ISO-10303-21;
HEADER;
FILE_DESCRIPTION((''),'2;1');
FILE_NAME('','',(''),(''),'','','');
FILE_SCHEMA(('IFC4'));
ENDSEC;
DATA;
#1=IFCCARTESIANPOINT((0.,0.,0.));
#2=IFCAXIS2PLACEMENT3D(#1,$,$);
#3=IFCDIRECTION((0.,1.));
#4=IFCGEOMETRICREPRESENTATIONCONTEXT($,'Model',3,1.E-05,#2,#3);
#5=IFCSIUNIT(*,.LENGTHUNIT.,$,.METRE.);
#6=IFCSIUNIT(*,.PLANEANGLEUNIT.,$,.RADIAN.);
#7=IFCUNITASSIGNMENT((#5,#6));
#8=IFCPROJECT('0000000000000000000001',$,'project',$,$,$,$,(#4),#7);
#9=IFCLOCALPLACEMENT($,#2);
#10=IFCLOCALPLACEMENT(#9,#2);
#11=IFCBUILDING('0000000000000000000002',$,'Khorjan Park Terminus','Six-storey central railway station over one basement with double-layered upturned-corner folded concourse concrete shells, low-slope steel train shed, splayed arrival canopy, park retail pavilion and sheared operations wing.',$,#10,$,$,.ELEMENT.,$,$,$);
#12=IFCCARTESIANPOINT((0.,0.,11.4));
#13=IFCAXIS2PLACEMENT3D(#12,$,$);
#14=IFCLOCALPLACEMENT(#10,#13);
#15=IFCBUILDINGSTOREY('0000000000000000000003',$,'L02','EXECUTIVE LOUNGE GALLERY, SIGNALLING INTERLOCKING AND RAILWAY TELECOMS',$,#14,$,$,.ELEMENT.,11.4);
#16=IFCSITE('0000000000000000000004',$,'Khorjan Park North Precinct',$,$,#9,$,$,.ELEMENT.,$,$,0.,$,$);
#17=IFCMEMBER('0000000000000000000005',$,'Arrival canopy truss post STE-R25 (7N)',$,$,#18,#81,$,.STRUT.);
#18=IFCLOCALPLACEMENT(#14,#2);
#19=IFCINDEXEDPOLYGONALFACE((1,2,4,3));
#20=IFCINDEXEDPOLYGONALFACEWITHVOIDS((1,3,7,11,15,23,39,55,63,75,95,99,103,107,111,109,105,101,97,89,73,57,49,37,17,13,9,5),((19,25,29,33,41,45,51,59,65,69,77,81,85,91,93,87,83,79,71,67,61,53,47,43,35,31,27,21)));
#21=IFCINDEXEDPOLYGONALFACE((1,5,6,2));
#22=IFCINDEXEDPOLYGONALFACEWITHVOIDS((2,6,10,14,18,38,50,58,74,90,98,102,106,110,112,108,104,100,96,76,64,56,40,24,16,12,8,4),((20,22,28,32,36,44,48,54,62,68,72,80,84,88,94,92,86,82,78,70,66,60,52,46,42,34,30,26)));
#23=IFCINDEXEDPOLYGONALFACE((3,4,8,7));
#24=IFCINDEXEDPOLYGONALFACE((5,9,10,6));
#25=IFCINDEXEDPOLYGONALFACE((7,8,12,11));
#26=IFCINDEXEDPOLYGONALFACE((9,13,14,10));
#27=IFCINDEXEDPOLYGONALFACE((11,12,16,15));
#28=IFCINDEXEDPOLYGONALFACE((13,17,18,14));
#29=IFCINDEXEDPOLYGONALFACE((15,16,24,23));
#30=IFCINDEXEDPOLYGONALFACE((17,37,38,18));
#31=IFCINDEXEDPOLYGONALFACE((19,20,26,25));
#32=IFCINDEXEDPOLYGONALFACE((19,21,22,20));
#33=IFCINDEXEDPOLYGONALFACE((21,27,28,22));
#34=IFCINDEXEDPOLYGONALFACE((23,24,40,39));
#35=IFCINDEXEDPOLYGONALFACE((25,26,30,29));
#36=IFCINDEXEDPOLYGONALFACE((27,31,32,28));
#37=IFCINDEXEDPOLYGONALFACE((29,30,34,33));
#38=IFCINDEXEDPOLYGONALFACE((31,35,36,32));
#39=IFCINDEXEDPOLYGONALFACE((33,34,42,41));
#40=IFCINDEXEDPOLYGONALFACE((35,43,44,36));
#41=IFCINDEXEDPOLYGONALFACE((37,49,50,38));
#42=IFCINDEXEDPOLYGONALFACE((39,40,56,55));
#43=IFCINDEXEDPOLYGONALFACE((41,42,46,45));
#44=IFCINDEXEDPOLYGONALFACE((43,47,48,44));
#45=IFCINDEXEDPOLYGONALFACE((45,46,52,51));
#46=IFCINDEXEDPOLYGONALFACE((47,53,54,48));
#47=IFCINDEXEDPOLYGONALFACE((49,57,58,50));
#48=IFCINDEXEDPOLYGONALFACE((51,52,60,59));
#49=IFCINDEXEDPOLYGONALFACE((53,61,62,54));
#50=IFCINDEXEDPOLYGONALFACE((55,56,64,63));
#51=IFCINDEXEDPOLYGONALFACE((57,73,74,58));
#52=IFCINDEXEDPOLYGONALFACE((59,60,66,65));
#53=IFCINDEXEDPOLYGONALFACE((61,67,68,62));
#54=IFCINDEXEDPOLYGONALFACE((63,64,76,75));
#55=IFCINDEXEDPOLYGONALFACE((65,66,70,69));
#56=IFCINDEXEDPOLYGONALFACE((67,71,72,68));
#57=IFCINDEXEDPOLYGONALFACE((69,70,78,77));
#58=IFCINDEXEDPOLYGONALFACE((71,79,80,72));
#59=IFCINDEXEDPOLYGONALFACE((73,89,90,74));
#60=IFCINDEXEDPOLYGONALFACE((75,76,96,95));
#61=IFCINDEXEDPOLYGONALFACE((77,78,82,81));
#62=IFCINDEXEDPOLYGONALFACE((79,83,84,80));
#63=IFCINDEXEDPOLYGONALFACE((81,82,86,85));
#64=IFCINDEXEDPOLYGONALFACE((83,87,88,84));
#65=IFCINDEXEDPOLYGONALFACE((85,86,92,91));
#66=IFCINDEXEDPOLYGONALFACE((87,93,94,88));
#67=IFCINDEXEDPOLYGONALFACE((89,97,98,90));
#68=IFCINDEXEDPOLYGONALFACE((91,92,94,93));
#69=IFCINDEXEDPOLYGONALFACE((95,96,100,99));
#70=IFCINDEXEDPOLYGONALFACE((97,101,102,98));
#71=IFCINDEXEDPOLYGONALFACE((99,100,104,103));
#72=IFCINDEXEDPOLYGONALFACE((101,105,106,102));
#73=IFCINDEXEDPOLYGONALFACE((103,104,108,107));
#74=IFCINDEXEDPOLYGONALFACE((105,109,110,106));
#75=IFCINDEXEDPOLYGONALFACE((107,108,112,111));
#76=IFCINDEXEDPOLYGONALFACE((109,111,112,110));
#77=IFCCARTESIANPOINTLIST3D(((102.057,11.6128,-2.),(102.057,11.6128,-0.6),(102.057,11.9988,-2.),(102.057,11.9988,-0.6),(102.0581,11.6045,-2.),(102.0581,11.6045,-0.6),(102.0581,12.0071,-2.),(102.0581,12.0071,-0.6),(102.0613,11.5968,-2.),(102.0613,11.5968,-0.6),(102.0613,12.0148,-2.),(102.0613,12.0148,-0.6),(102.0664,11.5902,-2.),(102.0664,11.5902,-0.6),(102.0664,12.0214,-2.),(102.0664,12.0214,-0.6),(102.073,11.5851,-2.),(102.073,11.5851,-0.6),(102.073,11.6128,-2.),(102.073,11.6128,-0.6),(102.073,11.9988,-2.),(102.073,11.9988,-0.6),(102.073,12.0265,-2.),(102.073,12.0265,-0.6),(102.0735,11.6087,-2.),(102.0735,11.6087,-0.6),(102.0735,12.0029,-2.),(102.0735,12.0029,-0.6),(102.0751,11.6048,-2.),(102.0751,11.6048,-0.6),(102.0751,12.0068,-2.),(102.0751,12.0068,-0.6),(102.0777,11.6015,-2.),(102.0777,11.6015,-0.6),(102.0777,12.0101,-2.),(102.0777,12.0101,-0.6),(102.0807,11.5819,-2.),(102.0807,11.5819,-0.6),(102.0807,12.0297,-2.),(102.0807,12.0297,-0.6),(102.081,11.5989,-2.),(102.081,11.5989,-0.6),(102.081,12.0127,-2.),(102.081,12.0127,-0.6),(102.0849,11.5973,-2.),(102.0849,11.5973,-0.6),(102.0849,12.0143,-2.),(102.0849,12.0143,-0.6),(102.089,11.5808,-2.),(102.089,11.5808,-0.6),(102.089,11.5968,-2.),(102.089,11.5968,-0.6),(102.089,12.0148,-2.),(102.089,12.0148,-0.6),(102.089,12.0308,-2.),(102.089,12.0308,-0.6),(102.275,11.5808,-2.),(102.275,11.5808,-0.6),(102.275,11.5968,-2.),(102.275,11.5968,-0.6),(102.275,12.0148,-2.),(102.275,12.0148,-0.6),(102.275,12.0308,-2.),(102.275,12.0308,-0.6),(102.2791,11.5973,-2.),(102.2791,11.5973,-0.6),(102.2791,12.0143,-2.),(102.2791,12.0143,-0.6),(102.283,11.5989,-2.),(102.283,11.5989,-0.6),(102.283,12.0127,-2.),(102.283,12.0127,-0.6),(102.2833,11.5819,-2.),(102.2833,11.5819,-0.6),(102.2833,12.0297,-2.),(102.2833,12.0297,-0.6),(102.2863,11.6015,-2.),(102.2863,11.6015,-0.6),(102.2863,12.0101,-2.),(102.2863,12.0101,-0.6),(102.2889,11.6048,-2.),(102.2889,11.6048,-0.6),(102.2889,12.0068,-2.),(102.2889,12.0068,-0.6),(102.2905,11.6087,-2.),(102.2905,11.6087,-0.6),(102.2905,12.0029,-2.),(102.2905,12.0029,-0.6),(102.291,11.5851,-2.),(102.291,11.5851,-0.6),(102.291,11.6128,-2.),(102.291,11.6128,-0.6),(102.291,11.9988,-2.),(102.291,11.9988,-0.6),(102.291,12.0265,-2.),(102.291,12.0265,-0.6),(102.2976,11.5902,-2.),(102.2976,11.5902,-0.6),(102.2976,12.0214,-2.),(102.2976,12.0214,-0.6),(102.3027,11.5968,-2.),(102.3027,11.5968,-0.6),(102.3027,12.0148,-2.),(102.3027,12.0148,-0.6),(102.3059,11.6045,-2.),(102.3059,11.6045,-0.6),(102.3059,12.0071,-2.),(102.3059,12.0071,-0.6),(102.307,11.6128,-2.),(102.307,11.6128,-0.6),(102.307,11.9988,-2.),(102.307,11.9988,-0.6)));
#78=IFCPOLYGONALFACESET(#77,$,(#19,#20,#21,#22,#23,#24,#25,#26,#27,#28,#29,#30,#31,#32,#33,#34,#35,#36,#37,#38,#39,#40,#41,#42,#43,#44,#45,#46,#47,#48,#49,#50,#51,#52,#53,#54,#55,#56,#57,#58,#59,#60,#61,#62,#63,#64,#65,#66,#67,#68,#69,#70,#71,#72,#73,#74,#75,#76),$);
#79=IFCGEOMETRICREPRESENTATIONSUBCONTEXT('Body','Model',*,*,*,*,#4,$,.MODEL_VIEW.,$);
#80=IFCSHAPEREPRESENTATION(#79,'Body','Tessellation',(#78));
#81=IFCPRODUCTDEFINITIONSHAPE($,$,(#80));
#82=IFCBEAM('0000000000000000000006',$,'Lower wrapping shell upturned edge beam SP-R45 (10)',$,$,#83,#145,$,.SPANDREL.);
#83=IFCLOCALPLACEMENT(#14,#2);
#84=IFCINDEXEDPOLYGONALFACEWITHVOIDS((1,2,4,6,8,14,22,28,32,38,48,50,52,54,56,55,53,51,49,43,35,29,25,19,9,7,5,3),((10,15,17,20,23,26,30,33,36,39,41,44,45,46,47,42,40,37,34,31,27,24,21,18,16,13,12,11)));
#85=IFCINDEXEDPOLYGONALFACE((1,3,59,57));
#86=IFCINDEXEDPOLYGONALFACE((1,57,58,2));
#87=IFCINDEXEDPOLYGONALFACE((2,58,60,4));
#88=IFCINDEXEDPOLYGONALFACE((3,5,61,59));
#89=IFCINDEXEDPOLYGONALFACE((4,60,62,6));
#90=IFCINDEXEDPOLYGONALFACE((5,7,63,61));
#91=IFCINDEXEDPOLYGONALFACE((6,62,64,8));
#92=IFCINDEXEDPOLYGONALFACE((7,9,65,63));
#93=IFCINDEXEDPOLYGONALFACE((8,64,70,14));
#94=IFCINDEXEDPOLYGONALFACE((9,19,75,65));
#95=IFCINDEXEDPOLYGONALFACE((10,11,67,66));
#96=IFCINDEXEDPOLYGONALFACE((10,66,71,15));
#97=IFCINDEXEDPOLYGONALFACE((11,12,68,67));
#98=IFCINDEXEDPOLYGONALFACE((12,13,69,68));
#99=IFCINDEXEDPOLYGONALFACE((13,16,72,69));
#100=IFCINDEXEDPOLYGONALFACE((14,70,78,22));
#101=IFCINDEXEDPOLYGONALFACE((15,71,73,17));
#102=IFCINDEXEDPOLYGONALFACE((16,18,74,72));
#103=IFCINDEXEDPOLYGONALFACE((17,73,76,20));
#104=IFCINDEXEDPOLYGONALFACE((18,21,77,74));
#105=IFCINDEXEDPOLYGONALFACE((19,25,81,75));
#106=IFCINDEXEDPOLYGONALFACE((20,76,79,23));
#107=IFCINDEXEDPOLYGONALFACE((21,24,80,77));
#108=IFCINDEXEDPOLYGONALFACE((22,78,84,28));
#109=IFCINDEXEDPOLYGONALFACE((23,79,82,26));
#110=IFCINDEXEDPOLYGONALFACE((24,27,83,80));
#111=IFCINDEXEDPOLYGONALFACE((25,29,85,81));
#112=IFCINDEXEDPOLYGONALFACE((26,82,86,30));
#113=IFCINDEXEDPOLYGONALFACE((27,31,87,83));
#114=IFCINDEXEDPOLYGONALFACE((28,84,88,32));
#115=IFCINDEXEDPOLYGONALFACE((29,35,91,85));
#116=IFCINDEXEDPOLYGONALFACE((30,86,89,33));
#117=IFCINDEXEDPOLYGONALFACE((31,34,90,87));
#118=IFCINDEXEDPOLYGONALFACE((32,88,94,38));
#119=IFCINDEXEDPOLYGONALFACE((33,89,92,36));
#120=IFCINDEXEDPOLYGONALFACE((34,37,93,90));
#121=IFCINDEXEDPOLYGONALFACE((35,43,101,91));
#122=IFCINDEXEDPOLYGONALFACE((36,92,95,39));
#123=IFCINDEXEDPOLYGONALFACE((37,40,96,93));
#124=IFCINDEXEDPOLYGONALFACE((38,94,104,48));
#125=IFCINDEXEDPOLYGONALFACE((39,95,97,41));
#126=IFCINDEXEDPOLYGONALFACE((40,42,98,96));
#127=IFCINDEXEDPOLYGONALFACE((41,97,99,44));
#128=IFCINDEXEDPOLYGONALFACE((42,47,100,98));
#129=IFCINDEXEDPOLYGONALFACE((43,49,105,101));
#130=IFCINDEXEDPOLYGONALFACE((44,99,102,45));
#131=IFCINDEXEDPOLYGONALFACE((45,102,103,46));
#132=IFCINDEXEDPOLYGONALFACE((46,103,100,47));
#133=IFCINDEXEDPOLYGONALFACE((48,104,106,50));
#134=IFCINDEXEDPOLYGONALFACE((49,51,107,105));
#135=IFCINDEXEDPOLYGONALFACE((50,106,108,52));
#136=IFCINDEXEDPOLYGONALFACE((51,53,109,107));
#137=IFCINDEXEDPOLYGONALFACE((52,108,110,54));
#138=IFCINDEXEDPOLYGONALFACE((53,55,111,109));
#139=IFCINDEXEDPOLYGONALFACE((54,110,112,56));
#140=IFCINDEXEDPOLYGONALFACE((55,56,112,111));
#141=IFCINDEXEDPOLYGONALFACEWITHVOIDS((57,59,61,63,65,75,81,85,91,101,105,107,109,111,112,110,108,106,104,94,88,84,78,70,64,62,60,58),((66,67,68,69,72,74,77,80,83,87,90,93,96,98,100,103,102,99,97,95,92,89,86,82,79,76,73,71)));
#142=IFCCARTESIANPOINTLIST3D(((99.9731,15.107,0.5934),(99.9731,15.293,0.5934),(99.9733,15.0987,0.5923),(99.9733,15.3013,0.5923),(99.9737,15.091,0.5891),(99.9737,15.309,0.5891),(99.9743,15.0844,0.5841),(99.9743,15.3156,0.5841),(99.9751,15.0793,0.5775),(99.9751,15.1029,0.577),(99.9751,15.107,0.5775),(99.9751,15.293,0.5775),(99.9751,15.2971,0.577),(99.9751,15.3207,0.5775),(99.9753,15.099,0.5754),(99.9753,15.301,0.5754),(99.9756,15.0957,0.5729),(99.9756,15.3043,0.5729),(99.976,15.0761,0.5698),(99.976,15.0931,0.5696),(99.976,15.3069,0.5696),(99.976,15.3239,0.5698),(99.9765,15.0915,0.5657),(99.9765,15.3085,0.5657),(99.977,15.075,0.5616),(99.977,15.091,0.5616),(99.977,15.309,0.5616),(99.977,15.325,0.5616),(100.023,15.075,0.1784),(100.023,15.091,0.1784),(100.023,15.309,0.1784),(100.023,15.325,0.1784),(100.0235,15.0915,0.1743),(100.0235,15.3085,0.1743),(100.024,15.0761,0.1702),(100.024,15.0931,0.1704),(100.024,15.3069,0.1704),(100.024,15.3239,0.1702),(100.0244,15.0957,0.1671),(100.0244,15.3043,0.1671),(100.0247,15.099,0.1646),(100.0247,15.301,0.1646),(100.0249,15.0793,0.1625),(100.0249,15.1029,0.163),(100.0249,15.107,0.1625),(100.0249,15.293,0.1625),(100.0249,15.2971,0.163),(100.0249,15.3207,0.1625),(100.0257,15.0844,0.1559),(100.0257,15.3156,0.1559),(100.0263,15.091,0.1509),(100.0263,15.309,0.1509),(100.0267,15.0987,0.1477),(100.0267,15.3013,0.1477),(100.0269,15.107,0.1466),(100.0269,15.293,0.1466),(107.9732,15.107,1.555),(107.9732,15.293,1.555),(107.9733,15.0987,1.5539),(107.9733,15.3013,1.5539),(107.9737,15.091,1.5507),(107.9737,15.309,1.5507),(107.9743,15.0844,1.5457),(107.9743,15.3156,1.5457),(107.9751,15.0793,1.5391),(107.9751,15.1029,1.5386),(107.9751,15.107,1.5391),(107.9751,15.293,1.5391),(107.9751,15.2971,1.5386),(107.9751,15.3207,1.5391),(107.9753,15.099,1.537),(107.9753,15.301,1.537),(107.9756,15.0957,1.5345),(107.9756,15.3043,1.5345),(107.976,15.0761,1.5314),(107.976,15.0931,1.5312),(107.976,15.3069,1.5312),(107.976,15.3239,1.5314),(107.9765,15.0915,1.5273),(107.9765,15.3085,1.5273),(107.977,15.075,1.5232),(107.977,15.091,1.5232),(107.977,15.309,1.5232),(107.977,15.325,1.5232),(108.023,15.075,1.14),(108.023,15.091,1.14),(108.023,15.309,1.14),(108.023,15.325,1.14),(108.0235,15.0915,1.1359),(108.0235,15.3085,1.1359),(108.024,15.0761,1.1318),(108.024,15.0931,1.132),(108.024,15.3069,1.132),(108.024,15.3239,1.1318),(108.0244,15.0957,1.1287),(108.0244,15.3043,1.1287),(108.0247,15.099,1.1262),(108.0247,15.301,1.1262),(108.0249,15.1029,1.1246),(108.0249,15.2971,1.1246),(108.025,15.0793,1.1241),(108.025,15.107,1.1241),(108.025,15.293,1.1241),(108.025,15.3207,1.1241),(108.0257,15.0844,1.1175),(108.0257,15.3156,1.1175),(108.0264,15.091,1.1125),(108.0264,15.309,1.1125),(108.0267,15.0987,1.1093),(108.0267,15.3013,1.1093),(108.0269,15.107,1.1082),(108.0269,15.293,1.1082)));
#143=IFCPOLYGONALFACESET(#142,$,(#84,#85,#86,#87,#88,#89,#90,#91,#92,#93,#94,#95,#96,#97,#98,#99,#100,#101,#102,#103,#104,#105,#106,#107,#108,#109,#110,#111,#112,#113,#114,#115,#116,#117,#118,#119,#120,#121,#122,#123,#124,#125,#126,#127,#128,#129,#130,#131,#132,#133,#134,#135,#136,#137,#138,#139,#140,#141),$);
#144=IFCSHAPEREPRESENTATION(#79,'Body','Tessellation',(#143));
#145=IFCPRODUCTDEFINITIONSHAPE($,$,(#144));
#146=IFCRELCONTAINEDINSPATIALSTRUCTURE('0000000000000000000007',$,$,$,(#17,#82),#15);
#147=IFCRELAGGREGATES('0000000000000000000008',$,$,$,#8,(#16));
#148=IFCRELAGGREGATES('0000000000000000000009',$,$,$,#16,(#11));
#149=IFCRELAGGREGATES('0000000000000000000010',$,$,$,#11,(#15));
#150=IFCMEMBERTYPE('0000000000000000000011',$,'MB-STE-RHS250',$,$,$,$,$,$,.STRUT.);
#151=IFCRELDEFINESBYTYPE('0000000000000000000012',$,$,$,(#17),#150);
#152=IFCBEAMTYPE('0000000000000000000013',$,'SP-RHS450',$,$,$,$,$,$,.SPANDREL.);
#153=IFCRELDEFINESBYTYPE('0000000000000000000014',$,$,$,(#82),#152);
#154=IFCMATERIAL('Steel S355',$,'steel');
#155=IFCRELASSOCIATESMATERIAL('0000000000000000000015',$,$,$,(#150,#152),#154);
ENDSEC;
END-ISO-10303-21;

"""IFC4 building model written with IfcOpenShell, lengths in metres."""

from ifc_helpers import new_model, si_unit, direction, frame, origin, origin_2d, place, context, subcontext, project, spatial, hollow_rectangle, extrude, material, material_profile, profile_set, type_object, element, save


model = new_model("IFC4")

# Units and contexts
model_context = context("Model", 3, precision=1e-05, world=origin(), true_north=direction((0.0, 1.0)))
body_context = subcontext(model_context, "Body", "Model", "MODEL_VIEW")
ifc_project = project(units=[si_unit("LENGTHUNIT", "METRE"), si_unit("PLANEANGLEUNIT", "RADIAN")], contexts=[model_context])

# Site, building, storey
site_placement = place(None, origin())
site = spatial("IfcSite", under=ifc_project, at=site_placement, Name="Khorjan Park North Precinct", CompositionType="ELEMENT", RefElevation=0.0)
building_placement = place(site_placement, origin())
building = spatial("IfcBuilding", under=site, at=building_placement, Name="Khorjan Park Terminus", Description="Six-storey central railway station over one basement with double-layered upturned-corner folded concourse concrete shells, low-slope steel train shed, splayed arrival canopy, park retail pavilion and sheared operations wing.", CompositionType="ELEMENT")
storey_placement = place(building_placement, frame((0.0, 0.0, 11.4)))
storey = spatial("IfcBuildingStorey", under=building, at=storey_placement, Name="L02", Description="EXECUTIVE LOUNGE GALLERY, SIGNALLING INTERLOCKING AND RAILWAY TELECOMS", CompositionType="ELEMENT", Elevation=11.4)

# Member
ifc_material_1 = material(Name="Steel S355", Category="steel")
ifc_material_profile_1 = material_profile(ifc_material_1, hollow_rectangle(XDim=0.25, YDim=0.45, WallThickness=0.016, InnerFilletRadius=0.016, OuterFilletRadius=0.032, at=origin_2d()), Name="RHS 450x250x16")
ifc_profile_set_1 = profile_set([ifc_material_profile_1], Name="Steel S355")
member_type_1 = type_object("IfcMemberType", Name="MB-STE-RHS250", PredefinedType="STRUT", material=ifc_profile_set_1)
member_1_placement = place(storey_placement, frame((102.182, 11.8058, -2.0), z_axis=(0.0, 0.0, 1.0), x_axis=(1.0, 0.0, 0.0)))
element("IfcMember", 1, at=member_1_placement, inside=storey, type_object=member_type_1, Name="Arrival canopy truss post STE-R25 (7N)", PredefinedType="STRUT", context=body_context, shape_type="SweptSolid", body=[
    extrude(hollow_rectangle(XDim=0.25, YDim=0.45, WallThickness=0.016, InnerFilletRadius=0.016, OuterFilletRadius=0.032, at=origin_2d()), origin(), (0.0, 0.0, 1.0), 1.4),
])

# Beam
ifc_material_profile_2 = material_profile(ifc_material_1, hollow_rectangle(XDim=0.25, YDim=0.45, WallThickness=0.016, InnerFilletRadius=0.016, OuterFilletRadius=0.032, at=origin_2d()), Name="RHS 450x250x16")
ifc_profile_set_2 = profile_set([ifc_material_profile_2], Name="Steel S355")
beam_type_1 = type_object("IfcBeamType", Name="SP-RHS450", PredefinedType="SPANDREL", material=ifc_profile_set_2)
beam_1_placement = place(storey_placement, frame((100.0, 15.2, 0.37), z_axis=(0.992853, 0.0, 0.119341), x_axis=(0.0, 1.0, 0.0)))
element("IfcBeam", 2, at=beam_1_placement, inside=storey, type_object=beam_type_1, Name="Lower wrapping shell upturned edge beam SP-R45 (10)", PredefinedType="SPANDREL", context=body_context, shape_type="SweptSolid", body=[
    extrude(hollow_rectangle(XDim=0.25, YDim=0.45, WallThickness=0.016, InnerFilletRadius=0.016, OuterFilletRadius=0.032, at=origin_2d()), origin(), (0.0, 0.0, 1.0), 8.0576),
])

save(model, "model.ifc")
